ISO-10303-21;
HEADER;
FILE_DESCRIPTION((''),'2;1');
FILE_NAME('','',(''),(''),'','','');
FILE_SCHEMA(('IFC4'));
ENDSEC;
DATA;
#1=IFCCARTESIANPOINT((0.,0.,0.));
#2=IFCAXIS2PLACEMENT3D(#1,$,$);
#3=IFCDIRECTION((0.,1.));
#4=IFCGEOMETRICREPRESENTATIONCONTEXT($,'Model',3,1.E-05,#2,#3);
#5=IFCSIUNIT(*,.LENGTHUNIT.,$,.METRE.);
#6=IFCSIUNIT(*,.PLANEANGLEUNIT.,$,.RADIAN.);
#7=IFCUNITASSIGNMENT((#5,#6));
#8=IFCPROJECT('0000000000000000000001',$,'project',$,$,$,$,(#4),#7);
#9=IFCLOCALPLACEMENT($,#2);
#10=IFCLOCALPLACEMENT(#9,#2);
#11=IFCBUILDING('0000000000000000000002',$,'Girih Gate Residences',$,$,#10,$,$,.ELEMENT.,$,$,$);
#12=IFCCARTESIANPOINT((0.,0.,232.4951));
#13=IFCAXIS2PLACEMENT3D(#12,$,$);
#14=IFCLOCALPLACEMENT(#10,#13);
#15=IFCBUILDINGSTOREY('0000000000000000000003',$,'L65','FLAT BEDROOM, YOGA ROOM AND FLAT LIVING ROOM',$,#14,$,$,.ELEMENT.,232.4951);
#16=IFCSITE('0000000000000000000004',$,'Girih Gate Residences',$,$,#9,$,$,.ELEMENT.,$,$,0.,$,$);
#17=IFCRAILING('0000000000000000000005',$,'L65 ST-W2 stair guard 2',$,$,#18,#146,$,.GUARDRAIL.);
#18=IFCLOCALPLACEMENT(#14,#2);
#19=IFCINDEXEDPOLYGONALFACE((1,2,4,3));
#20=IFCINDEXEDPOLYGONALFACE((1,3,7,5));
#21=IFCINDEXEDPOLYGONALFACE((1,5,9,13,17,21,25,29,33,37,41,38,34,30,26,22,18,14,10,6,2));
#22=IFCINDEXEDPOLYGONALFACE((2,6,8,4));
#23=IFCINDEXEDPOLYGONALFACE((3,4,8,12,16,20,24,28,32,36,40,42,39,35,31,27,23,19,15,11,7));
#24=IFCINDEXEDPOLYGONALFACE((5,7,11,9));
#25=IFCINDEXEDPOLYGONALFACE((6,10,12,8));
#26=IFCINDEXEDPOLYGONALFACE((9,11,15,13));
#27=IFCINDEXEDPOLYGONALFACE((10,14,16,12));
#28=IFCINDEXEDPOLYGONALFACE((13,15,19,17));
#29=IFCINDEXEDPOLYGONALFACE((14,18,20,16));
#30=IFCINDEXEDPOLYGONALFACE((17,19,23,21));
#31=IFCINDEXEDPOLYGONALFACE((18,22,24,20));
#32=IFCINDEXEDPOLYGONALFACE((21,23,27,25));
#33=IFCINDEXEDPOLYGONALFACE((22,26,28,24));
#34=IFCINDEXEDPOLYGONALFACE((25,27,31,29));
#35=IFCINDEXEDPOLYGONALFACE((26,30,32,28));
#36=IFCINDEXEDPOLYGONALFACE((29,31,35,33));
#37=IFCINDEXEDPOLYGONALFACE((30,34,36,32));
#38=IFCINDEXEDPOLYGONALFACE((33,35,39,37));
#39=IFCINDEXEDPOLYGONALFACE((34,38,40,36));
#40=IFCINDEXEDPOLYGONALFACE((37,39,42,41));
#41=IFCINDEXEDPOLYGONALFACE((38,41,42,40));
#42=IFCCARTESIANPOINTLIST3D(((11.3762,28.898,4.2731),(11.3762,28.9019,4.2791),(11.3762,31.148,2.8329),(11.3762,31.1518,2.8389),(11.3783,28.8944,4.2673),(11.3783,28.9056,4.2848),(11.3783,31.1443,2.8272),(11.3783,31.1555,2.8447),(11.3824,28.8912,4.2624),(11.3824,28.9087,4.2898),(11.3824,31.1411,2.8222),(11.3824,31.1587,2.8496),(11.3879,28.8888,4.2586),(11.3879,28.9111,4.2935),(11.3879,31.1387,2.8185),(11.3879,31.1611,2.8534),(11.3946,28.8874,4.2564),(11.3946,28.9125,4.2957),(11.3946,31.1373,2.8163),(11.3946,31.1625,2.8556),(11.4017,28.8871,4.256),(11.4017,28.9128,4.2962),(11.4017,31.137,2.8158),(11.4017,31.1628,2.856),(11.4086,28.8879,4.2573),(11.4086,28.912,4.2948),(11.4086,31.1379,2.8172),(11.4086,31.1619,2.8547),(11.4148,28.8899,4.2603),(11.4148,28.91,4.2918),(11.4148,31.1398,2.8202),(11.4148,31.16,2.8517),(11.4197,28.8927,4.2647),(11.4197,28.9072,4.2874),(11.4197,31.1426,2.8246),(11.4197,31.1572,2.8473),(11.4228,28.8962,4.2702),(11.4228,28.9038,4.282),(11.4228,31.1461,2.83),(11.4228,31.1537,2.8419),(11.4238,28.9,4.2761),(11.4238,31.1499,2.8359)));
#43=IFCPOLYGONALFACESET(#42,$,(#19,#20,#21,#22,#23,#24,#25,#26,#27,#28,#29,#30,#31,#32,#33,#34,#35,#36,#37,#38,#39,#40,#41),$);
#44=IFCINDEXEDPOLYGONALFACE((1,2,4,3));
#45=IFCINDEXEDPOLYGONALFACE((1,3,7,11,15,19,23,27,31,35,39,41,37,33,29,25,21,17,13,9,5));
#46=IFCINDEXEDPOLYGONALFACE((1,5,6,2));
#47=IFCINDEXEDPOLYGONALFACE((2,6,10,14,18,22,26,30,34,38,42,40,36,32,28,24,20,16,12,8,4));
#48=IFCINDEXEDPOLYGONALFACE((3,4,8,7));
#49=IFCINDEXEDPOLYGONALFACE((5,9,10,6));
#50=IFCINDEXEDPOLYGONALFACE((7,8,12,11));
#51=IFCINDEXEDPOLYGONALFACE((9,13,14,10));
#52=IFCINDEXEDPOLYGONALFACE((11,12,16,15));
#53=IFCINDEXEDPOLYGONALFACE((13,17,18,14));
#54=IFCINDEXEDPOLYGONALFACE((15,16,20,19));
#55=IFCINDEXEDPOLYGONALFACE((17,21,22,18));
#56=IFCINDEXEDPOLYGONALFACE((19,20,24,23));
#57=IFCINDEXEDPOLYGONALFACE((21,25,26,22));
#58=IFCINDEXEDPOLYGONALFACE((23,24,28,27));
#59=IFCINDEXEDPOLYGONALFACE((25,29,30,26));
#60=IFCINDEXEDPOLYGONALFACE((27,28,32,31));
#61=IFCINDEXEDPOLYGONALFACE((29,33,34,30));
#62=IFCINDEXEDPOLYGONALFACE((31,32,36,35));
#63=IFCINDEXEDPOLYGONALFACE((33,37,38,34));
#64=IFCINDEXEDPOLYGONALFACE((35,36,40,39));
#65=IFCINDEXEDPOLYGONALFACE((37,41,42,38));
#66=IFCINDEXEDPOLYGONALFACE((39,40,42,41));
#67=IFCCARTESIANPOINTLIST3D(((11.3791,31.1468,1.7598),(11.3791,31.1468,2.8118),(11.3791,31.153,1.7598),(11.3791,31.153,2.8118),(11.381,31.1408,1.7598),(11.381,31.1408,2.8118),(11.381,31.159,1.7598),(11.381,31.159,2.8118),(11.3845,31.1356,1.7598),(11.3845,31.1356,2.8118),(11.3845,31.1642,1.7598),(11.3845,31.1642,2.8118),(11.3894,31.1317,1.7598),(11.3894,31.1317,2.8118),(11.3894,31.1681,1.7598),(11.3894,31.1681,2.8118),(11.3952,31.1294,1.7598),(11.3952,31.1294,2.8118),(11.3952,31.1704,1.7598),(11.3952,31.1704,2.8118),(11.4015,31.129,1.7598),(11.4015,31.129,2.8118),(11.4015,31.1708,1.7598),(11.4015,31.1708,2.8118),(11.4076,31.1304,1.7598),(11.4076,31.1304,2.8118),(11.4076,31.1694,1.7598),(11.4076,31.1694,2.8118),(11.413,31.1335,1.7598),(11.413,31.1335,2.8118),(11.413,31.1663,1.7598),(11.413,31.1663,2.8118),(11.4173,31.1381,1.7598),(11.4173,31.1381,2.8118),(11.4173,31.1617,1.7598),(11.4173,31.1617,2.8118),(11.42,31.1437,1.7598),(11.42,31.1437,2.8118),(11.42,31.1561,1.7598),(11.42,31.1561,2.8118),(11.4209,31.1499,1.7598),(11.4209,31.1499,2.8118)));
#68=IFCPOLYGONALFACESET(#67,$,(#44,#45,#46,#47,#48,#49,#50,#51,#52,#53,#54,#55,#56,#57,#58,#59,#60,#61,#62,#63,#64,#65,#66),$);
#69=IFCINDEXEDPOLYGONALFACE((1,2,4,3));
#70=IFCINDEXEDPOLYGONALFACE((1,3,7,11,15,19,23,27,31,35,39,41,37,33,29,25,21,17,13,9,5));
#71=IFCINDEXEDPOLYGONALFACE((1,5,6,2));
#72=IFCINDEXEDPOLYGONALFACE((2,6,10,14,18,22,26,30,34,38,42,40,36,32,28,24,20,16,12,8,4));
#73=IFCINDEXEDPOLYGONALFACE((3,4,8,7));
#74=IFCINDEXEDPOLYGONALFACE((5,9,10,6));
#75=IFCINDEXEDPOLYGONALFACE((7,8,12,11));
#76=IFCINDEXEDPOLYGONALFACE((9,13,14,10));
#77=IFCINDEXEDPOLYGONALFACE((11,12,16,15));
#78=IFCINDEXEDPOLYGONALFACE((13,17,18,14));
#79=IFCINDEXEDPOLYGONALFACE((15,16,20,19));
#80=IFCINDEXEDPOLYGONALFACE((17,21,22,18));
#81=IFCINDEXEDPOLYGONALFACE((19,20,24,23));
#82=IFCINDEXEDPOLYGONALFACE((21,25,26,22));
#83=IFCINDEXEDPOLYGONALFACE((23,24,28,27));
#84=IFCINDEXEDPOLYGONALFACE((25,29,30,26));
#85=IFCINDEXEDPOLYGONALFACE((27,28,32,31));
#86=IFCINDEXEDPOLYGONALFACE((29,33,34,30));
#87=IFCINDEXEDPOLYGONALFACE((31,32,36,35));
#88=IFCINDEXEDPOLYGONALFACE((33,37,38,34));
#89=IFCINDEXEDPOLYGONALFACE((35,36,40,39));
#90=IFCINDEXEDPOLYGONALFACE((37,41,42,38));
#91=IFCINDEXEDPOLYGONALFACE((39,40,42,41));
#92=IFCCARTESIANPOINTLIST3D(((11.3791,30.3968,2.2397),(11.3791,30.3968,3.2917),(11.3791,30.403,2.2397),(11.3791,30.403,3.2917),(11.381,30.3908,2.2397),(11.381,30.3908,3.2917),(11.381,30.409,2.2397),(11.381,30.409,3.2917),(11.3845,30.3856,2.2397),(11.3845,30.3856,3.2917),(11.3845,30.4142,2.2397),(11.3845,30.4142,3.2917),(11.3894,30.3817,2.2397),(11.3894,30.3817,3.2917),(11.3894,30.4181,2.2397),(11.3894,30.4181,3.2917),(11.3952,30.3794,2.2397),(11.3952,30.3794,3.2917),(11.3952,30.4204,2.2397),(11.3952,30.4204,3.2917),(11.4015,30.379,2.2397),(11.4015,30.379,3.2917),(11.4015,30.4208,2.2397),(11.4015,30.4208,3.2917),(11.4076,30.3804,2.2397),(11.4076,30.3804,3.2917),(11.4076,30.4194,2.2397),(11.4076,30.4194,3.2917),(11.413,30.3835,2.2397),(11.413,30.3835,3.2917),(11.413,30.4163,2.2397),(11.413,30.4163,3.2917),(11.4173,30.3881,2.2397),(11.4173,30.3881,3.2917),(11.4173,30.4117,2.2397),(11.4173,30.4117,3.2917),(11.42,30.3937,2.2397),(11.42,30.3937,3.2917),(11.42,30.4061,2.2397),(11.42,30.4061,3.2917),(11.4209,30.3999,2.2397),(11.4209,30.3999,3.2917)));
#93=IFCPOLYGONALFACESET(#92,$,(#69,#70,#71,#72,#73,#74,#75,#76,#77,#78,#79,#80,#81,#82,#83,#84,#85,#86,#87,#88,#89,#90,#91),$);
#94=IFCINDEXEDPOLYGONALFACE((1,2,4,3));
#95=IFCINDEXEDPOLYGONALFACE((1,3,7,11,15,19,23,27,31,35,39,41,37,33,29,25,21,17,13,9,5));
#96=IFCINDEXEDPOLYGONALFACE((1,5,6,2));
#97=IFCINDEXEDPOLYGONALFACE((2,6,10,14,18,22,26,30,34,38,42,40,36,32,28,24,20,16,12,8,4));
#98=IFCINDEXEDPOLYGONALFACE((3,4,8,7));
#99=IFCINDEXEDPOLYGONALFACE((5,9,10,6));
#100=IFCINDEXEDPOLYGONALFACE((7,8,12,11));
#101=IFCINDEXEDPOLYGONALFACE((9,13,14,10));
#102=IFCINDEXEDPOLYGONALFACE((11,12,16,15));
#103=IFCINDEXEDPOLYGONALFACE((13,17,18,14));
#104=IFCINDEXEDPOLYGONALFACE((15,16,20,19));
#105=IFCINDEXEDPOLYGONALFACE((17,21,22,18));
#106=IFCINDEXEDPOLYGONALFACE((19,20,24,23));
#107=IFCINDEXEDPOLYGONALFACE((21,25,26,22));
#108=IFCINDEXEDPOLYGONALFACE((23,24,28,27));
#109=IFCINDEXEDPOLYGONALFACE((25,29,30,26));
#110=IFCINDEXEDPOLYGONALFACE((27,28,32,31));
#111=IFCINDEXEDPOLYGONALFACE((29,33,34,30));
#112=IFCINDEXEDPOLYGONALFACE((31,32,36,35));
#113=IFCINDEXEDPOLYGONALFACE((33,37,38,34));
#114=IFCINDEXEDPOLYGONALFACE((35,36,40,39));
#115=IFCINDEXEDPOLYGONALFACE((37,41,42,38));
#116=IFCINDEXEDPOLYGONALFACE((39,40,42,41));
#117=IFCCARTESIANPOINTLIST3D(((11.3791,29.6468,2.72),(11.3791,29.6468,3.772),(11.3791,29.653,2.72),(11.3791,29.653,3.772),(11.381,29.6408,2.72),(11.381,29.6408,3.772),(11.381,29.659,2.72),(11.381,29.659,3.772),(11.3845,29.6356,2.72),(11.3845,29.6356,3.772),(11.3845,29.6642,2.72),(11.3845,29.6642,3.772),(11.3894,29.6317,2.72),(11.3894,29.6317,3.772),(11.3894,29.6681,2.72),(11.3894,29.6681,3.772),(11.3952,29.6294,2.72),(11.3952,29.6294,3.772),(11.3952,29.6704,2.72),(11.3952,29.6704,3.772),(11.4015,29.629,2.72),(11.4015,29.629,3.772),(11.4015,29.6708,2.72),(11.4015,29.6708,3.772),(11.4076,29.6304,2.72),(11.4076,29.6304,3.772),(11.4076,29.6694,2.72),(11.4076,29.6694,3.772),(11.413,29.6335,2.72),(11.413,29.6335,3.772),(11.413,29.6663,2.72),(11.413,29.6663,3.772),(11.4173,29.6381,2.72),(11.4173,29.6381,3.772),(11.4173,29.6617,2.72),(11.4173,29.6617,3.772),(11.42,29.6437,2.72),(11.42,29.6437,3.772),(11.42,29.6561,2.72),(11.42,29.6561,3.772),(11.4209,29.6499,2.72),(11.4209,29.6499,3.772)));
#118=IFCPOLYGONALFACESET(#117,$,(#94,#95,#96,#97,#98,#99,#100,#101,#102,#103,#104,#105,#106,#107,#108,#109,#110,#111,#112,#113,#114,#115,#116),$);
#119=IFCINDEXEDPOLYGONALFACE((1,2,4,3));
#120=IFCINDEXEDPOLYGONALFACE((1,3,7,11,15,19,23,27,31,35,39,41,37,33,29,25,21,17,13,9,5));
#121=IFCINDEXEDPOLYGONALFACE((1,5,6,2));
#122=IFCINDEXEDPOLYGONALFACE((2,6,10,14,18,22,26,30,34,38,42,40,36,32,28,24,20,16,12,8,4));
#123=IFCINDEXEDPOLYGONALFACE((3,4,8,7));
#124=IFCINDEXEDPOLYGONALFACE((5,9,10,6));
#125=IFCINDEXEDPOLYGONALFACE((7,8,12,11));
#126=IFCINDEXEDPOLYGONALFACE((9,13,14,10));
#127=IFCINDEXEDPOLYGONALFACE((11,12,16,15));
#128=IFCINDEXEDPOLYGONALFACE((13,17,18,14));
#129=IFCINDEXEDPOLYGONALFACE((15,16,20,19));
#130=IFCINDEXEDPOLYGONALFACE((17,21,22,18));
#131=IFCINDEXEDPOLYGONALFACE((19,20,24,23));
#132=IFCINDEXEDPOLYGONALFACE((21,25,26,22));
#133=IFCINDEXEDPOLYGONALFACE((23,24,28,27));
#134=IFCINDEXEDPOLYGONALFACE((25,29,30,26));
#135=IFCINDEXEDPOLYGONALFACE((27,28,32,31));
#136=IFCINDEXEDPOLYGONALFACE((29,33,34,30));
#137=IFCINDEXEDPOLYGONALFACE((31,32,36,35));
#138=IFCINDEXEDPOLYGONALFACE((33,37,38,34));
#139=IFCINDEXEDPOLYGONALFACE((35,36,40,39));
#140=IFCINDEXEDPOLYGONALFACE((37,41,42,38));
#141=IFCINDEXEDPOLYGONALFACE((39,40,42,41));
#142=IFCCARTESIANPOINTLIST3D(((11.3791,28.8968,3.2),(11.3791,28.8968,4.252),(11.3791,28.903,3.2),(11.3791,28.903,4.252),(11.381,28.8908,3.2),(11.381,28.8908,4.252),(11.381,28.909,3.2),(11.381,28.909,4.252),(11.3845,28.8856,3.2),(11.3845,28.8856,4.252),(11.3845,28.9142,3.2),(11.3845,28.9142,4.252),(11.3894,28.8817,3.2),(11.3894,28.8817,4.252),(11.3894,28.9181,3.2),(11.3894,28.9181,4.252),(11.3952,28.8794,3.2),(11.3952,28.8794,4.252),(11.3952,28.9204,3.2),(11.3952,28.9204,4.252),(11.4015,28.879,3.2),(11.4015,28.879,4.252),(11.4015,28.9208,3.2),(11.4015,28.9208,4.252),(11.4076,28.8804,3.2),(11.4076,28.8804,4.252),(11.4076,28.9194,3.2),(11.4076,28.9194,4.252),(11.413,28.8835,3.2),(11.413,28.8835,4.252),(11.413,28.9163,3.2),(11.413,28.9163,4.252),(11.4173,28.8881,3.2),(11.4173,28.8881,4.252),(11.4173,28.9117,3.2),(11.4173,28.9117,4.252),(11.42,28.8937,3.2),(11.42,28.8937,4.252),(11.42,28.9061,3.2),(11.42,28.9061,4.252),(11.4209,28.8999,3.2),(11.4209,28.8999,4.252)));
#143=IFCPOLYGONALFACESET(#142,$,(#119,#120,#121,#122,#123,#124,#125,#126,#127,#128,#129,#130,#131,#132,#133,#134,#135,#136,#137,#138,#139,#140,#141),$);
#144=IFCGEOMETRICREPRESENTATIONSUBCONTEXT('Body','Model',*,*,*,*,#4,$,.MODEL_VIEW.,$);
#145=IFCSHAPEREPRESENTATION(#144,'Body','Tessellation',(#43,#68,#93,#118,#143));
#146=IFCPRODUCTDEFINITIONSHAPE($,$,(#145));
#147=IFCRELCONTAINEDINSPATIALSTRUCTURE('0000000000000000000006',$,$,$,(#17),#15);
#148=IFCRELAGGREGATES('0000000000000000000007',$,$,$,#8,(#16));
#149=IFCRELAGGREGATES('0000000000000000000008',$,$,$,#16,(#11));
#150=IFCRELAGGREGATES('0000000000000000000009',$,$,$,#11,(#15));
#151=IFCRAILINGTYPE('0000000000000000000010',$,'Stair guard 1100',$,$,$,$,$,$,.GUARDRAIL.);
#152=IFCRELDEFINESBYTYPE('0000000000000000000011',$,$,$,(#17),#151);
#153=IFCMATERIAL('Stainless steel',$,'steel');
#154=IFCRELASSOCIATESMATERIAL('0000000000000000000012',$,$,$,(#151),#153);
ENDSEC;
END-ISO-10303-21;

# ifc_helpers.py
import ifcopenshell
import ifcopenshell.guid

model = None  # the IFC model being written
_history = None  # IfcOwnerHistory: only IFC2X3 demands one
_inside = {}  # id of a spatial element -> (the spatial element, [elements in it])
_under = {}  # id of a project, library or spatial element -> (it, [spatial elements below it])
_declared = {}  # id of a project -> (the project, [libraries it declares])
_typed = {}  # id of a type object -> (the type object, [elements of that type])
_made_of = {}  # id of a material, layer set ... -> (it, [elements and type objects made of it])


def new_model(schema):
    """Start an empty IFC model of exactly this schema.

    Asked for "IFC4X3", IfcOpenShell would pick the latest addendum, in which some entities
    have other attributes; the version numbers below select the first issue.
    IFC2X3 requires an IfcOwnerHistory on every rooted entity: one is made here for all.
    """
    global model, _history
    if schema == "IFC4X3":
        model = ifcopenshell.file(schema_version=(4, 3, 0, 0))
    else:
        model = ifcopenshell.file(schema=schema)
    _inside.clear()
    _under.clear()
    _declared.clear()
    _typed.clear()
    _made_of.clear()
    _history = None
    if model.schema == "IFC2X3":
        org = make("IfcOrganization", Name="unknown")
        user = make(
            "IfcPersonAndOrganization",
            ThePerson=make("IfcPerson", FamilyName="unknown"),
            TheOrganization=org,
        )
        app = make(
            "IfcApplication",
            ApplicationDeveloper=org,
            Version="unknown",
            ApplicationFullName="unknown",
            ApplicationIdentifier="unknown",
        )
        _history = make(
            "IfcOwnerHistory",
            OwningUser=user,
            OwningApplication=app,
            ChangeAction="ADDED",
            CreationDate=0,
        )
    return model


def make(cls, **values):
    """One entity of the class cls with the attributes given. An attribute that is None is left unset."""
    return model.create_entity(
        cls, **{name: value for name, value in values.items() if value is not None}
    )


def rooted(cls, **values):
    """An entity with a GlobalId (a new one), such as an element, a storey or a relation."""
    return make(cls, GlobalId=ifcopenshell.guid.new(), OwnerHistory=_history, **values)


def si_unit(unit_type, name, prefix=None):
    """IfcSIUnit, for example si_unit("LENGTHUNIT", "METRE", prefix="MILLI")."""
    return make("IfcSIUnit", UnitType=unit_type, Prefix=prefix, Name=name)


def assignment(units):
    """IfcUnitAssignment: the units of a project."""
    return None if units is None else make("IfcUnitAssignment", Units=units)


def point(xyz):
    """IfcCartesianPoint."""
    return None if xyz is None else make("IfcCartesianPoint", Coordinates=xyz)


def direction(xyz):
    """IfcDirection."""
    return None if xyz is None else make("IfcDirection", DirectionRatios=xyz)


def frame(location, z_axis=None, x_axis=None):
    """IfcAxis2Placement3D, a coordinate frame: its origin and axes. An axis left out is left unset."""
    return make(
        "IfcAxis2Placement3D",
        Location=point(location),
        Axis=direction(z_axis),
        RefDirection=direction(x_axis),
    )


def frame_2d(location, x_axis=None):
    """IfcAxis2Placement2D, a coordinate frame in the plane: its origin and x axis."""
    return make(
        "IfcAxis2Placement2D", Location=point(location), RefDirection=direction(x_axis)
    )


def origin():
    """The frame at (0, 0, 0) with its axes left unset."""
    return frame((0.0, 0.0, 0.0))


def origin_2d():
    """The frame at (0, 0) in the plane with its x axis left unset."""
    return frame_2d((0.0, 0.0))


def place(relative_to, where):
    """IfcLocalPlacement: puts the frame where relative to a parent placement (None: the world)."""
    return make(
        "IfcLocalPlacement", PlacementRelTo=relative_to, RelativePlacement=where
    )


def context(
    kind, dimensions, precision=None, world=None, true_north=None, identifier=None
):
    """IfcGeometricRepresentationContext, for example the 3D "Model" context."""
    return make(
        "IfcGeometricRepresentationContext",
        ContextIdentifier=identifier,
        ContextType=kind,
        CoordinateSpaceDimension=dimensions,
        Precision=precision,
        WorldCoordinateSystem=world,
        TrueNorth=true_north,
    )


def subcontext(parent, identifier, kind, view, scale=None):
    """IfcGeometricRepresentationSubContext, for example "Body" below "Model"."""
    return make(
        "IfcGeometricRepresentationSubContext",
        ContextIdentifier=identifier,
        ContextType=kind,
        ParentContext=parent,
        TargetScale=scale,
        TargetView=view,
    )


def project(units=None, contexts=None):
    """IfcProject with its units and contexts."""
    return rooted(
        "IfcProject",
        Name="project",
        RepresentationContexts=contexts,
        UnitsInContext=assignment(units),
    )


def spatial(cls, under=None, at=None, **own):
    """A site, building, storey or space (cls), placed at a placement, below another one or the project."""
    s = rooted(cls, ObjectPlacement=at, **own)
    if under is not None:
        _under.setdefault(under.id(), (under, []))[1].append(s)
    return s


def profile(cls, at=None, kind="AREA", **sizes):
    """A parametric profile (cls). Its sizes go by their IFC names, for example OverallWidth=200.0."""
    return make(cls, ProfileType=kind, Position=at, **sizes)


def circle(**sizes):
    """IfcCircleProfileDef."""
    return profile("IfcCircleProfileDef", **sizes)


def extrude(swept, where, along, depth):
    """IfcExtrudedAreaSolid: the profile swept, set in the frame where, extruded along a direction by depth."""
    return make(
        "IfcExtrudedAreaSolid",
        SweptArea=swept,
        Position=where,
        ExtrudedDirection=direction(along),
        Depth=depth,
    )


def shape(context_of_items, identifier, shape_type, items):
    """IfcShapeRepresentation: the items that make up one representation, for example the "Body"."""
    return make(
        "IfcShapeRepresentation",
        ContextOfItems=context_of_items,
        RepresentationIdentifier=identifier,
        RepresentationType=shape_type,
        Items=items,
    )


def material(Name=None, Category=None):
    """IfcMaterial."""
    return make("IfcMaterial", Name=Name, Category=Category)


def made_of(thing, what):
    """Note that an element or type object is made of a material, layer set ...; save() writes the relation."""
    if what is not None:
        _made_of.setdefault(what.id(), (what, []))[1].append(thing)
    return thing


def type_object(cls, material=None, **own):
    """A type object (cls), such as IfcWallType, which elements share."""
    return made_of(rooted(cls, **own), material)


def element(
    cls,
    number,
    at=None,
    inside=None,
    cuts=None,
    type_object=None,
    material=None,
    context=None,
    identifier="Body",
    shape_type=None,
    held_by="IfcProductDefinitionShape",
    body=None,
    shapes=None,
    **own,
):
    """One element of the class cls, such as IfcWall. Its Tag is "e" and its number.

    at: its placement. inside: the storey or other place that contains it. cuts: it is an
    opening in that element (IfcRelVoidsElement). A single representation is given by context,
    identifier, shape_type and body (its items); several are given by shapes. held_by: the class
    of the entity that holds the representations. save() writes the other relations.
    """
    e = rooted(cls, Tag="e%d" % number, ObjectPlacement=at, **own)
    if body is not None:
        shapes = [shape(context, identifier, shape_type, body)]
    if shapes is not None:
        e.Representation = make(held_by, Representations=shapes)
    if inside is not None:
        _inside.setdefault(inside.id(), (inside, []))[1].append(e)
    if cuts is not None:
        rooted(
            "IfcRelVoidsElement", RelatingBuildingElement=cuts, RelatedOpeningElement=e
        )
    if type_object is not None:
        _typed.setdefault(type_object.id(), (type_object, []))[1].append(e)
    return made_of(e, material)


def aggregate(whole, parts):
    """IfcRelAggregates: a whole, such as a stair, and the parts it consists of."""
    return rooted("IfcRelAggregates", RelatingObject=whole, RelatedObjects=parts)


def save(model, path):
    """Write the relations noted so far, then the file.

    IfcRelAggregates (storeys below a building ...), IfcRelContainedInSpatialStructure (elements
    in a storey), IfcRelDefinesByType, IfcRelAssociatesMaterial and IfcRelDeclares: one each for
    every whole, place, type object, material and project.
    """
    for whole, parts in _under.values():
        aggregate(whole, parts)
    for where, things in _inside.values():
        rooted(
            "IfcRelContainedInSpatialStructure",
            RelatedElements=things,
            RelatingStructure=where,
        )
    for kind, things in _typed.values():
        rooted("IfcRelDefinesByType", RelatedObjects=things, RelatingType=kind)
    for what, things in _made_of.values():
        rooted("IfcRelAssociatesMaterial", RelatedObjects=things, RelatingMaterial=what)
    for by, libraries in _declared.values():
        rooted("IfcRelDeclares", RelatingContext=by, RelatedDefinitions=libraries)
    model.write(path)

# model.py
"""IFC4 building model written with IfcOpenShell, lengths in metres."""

from ifc_helpers import new_model, si_unit, direction, frame, origin, origin_2d, place, context, subcontext, project, spatial, circle, extrude, material, type_object, element, save


model = new_model("IFC4")

# Units and contexts
model_context = context("Model", 3, precision=1e-05, world=origin(), true_north=direction((0.0, 1.0)))
body_context = subcontext(model_context, "Body", "Model", "MODEL_VIEW")
ifc_project = project(units=[si_unit("LENGTHUNIT", "METRE"), si_unit("PLANEANGLEUNIT", "RADIAN")], contexts=[model_context])

# Site, building, storey
site_placement = place(None, origin())
site = spatial("IfcSite", under=ifc_project, at=site_placement, Name="Girih Gate Residences", CompositionType="ELEMENT", RefElevation=0.0)
building_placement = place(site_placement, origin())
building = spatial("IfcBuilding", under=site, at=building_placement, Name="Girih Gate Residences", CompositionType="ELEMENT")
storey_placement = place(building_placement, frame((0.0, 0.0, 232.4951)))
storey = spatial("IfcBuildingStorey", under=building, at=storey_placement, Name="L65", Description="FLAT BEDROOM, YOGA ROOM AND FLAT LIVING ROOM", CompositionType="ELEMENT", Elevation=232.4951)

# Shared definitions
ifc_material_1 = material(Name="Stainless steel", Category="steel")

# Railing
railing_type_1 = type_object("IfcRailingType", Name="Stair guard 1100", PredefinedType="GUARDRAIL", material=ifc_material_1)
railing_1_placement = place(storey_placement, frame((11.3999, 31.1499, 1.7598)))
element("IfcRailing", 1, at=railing_1_placement, inside=storey, type_object=railing_type_1, Name="L65 ST-W2 stair guard 2", PredefinedType="GUARDRAIL", context=body_context, shape_type="SweptSolid", body=[
    extrude(circle(Radius=0.0239, at=origin_2d()), frame((0.0, 0.0, 1.0762), z_axis=(0.0, -0.84224, 0.539103), x_axis=(1.0, 0.0, 0.0)), (0.0, 0.0, 1.0), 2.6714),
    extrude(circle(Radius=0.021, at=origin_2d()), origin(), (0.0, 0.0, 1.0), 1.052),
    extrude(circle(Radius=0.021, at=origin_2d()), frame((0.0, -0.75, 0.48)), (0.0, 0.0, 1.0), 1.052),
    extrude(circle(Radius=0.021, at=origin_2d()), frame((0.0, -1.5, 0.9602)), (0.0, 0.0, 1.0), 1.052),
    extrude(circle(Radius=0.021, at=origin_2d()), frame((0.0, -2.25, 1.4402)), (0.0, 0.0, 1.0), 1.052),
])

save(model, "model.ifc")
